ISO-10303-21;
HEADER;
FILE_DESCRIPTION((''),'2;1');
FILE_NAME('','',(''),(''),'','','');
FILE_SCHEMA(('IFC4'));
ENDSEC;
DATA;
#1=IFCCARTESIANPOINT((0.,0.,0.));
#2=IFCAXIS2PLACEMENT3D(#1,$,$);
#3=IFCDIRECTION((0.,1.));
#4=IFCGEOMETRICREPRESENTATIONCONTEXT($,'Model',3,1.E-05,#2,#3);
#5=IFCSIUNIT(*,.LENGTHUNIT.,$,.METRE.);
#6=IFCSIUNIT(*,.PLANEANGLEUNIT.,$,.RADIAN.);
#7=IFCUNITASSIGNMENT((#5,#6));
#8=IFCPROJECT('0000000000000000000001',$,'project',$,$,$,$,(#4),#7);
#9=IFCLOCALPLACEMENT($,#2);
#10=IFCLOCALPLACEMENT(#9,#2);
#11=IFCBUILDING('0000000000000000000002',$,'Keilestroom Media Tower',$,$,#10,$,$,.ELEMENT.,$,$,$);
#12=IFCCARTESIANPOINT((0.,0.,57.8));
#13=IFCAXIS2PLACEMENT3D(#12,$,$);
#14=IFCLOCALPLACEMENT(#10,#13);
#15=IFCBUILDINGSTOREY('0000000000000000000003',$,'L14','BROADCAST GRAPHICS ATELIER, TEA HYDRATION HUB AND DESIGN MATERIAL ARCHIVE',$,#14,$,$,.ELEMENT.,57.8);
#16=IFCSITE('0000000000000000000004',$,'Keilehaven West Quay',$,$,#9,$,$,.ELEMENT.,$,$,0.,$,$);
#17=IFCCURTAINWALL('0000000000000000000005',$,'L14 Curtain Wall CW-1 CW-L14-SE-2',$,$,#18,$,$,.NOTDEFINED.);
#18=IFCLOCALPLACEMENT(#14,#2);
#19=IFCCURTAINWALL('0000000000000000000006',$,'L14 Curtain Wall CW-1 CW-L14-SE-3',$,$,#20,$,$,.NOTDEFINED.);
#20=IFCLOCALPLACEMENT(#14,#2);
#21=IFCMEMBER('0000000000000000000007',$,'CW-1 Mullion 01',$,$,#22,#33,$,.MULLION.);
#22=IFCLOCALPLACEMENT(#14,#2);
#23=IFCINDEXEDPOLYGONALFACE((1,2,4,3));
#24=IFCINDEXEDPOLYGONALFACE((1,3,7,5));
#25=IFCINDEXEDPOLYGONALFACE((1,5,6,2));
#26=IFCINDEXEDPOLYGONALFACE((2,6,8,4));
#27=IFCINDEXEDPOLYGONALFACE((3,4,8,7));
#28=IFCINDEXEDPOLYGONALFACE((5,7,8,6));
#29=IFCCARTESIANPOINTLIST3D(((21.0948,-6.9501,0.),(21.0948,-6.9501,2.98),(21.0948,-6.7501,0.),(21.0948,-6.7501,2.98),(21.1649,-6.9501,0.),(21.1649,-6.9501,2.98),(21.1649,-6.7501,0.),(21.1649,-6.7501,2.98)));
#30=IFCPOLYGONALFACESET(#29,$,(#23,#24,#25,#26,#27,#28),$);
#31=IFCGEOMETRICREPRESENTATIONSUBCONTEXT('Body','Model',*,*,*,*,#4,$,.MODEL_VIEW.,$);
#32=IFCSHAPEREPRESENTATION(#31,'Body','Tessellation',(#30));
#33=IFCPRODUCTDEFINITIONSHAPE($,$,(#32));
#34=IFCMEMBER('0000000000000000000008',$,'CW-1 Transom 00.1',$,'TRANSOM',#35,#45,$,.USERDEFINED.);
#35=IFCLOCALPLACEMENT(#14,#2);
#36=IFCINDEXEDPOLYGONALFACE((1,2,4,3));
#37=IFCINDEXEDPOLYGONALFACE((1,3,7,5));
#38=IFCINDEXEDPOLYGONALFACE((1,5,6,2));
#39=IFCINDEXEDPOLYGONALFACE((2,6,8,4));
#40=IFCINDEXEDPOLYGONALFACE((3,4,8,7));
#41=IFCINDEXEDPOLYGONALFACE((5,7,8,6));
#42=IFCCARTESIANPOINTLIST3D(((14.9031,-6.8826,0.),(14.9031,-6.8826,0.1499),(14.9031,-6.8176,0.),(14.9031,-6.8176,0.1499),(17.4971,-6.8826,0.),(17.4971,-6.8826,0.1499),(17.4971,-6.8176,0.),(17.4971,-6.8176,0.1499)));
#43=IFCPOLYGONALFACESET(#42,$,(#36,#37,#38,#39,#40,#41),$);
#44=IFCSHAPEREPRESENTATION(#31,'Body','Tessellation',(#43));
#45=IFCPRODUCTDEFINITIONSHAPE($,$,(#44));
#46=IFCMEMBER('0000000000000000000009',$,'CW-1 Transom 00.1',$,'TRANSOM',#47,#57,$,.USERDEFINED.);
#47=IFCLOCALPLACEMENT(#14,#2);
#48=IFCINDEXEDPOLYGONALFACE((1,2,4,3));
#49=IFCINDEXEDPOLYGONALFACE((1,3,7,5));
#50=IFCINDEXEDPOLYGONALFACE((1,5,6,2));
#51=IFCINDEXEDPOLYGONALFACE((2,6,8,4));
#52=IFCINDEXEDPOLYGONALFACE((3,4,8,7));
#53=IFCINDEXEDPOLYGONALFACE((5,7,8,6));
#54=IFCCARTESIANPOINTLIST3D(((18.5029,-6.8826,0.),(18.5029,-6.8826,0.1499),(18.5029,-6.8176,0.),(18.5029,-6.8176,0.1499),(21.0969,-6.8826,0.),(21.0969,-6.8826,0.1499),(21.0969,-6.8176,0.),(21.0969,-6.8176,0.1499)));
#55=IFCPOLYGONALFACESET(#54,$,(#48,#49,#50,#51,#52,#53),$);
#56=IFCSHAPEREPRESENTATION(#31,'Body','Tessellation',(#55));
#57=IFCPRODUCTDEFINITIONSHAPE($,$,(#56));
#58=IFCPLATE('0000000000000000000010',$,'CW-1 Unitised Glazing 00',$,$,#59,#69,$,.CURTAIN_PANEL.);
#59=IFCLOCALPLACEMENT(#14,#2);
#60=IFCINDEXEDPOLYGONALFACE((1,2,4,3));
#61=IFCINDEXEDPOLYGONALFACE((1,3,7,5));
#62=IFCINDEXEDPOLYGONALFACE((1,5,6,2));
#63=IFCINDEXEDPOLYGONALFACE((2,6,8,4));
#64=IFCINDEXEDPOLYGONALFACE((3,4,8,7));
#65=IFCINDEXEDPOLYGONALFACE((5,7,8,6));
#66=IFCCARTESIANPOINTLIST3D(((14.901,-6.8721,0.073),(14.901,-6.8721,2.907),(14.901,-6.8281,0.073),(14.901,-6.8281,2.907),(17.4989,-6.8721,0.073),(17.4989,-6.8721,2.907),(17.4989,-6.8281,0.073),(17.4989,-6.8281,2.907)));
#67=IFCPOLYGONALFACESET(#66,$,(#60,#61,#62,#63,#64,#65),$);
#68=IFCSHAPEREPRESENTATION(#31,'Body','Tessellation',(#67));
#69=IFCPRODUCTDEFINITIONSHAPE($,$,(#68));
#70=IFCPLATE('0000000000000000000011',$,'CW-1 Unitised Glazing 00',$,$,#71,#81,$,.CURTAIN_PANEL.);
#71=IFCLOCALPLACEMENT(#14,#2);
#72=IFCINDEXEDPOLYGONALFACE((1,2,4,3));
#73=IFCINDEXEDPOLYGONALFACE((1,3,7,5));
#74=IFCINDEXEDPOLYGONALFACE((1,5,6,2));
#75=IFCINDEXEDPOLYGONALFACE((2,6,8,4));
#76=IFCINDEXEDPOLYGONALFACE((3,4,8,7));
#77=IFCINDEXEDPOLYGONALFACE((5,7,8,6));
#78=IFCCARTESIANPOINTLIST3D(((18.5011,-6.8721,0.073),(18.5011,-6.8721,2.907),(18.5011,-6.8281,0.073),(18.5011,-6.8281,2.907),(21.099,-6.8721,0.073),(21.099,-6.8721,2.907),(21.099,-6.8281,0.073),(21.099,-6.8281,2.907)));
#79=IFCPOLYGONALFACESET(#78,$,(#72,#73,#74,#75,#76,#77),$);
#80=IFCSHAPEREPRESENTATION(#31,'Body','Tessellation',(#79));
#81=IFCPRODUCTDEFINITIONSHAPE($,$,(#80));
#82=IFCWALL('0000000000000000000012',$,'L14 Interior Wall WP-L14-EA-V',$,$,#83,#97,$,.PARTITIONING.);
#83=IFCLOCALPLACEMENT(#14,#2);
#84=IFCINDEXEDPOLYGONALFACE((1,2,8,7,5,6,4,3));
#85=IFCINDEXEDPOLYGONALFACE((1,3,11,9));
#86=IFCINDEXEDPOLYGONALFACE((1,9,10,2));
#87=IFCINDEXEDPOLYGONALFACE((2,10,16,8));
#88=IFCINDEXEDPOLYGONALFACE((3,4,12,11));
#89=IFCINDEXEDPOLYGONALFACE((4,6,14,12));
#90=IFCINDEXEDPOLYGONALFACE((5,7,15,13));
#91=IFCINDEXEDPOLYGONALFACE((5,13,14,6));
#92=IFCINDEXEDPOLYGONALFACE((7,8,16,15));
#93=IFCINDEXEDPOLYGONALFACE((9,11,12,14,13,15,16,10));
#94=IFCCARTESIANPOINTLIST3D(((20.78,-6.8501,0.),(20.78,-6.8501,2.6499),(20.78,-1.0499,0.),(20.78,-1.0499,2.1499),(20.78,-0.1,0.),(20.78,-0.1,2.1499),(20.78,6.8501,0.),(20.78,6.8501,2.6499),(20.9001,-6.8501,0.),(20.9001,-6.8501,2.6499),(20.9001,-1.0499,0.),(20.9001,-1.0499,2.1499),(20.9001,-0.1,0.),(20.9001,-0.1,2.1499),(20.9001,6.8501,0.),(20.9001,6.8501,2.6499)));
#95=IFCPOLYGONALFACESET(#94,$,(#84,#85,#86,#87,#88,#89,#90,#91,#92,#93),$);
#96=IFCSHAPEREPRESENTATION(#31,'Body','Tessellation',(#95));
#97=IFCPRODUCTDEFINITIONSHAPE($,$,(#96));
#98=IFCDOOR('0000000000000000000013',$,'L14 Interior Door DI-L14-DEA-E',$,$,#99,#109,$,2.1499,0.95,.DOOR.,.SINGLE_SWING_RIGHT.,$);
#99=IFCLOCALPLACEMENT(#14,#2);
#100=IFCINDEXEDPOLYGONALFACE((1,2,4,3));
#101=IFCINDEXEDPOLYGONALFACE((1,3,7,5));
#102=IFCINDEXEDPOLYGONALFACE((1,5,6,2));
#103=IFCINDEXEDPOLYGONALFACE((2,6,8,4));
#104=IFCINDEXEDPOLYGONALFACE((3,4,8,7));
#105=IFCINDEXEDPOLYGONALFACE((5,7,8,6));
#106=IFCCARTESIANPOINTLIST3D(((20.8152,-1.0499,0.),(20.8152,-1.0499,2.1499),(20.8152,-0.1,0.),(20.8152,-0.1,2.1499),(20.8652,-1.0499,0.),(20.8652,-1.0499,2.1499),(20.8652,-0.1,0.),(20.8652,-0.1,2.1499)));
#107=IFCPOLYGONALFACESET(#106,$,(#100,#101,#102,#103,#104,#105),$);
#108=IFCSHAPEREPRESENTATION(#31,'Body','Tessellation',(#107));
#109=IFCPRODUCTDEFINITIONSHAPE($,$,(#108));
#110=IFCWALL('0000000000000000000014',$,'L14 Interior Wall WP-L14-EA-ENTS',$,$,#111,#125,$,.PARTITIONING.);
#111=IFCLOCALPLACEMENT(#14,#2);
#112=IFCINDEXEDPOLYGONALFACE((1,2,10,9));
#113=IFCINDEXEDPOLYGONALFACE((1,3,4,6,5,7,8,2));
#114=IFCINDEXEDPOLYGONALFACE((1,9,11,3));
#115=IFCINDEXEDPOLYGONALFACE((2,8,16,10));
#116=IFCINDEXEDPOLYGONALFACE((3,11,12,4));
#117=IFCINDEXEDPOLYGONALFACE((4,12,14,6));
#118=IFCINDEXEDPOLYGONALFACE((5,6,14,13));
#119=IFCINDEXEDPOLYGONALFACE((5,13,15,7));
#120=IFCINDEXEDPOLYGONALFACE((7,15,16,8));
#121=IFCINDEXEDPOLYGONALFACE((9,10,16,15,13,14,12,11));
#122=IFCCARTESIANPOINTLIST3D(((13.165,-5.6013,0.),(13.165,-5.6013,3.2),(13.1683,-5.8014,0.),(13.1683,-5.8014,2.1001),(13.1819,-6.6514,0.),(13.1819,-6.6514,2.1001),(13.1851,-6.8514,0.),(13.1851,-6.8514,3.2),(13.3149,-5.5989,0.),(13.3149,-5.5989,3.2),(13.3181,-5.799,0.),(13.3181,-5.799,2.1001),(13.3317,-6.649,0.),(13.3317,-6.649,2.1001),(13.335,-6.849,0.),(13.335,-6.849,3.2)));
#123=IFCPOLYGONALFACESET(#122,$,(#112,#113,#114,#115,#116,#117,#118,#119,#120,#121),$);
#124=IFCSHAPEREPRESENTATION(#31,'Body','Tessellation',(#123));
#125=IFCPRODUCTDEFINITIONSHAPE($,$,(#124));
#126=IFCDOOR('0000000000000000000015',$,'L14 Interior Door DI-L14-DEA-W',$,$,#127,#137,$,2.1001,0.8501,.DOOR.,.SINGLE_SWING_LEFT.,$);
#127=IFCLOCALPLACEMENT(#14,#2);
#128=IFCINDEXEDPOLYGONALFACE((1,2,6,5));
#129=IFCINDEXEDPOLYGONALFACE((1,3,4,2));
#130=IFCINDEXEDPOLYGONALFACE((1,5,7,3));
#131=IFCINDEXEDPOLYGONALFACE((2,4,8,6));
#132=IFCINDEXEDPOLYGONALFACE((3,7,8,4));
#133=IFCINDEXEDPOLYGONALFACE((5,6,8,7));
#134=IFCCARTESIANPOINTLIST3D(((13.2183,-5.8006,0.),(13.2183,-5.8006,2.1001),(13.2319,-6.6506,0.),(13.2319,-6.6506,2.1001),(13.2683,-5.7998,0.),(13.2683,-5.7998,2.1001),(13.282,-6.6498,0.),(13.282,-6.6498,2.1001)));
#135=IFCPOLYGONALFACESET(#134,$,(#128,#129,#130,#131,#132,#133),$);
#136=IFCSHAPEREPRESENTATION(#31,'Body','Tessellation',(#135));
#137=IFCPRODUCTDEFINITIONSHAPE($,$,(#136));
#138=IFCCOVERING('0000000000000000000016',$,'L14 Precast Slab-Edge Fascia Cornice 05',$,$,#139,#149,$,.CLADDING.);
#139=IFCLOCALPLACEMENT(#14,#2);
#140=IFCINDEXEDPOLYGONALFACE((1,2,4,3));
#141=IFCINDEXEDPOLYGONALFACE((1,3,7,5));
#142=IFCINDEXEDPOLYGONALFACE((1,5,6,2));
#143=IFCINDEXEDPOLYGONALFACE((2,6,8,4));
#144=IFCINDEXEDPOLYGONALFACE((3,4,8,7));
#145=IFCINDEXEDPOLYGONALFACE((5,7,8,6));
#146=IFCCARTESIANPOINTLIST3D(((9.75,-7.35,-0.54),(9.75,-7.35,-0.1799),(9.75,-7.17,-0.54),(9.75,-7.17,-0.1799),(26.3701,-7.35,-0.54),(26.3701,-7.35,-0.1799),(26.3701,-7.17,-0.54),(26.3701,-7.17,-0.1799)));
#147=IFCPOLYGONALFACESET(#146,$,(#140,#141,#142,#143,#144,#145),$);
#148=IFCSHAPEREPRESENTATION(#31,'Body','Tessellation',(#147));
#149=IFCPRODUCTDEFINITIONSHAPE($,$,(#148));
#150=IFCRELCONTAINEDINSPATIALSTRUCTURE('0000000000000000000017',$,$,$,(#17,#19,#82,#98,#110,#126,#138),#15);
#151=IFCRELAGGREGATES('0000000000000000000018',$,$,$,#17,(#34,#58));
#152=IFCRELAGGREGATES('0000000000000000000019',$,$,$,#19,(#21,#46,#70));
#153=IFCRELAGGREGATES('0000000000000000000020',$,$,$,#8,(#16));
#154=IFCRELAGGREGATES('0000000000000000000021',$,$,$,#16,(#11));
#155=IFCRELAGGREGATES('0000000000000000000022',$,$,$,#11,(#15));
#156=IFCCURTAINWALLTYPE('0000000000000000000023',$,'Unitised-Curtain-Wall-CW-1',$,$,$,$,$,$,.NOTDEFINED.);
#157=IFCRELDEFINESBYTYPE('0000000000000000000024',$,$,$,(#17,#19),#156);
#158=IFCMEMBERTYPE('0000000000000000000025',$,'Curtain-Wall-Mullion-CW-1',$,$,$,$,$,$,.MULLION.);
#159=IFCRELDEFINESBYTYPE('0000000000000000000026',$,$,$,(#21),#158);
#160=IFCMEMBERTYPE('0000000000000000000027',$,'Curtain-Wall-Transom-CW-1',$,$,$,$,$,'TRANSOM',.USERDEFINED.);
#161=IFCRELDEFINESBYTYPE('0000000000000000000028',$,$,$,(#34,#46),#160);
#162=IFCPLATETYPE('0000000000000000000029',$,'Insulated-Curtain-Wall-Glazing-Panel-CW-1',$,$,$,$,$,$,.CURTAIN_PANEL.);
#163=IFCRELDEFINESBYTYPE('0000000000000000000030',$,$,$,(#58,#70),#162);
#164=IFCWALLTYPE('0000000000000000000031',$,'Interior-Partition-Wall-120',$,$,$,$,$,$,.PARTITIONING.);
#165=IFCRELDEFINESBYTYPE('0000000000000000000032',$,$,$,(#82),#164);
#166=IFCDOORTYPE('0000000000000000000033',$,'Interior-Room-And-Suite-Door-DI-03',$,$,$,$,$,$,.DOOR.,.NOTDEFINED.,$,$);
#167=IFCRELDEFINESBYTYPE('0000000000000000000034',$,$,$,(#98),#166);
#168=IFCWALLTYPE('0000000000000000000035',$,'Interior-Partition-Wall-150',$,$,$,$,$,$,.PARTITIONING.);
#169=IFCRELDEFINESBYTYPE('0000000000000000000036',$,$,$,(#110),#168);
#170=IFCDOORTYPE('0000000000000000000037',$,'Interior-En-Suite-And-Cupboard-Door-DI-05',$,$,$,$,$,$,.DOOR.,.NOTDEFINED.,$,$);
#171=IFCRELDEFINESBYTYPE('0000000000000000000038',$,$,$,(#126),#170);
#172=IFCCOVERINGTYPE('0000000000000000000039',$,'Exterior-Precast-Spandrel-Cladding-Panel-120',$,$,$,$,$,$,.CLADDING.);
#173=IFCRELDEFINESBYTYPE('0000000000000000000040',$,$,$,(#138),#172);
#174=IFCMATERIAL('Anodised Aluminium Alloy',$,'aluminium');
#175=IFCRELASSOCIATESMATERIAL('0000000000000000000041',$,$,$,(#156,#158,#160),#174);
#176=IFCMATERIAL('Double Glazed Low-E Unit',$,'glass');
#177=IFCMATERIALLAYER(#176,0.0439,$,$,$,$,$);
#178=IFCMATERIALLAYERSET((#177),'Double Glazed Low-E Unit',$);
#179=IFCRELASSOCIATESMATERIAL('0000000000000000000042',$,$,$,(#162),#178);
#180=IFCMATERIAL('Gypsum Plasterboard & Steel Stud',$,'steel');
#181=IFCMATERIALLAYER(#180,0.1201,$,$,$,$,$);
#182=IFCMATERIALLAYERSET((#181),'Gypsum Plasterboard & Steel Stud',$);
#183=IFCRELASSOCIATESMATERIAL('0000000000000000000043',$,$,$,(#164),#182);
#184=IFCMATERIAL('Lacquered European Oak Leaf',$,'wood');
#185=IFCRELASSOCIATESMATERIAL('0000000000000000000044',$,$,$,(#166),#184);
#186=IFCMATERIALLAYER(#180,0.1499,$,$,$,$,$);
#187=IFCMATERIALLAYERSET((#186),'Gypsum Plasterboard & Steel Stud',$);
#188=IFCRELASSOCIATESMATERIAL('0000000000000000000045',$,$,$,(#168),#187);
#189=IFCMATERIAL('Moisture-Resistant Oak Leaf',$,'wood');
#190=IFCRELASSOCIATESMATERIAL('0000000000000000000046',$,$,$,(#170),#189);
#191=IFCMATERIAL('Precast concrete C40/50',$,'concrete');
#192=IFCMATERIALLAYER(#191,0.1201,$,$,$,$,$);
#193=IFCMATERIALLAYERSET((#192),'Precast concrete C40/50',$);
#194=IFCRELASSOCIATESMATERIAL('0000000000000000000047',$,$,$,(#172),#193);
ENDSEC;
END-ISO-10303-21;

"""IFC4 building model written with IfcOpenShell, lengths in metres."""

from ifc_helpers import new_model, si_unit, direction, frame, frame_2d, origin, origin_2d, place, context, subcontext, project, spatial, rectangle, extrude, source, transform, mapped, material, layer, layer_set, material_profile, profile_set, type_object, element, fill, aggregate, save


model = new_model("IFC4")

# Units and contexts
model_context = context("Model", 3, precision=1e-05, world=origin(), true_north=direction((0.0, 1.0)))
body_context = subcontext(model_context, "Body", "Model", "MODEL_VIEW")
ifc_project = project(units=[si_unit("LENGTHUNIT", "METRE"), si_unit("PLANEANGLEUNIT", "RADIAN")], contexts=[model_context])

# Site, building, storey
site_placement = place(None, origin())
site = spatial("IfcSite", under=ifc_project, at=site_placement, Name="Keilehaven West Quay", CompositionType="ELEMENT", RefElevation=0.0)
building_placement = place(site_placement, origin())
building = spatial("IfcBuilding", under=site, at=building_placement, Name="Keilestroom Media Tower", CompositionType="ELEMENT")
storey_placement = place(building_placement, frame((0.0, 0.0, 57.8)))
storey = spatial("IfcBuildingStorey", under=building, at=storey_placement, Name="L14", Description="BROADCAST GRAPHICS ATELIER, TEA HYDRATION HUB AND DESIGN MATERIAL ARCHIVE", CompositionType="ELEMENT", Elevation=57.8)

# Shared definitions
ifc_material_1 = material(Name="Precast concrete C40/50", Category="concrete")

# Shared definitions
ifc_material_2 = material(Name="Anodised Aluminium Alloy", Category="aluminium")
curtain_wall_type = type_object("IfcCurtainWallType", Name="Unitised-Curtain-Wall-CW-1", PredefinedType="NOTDEFINED", material=ifc_material_2)
ifc_material_profile_1 = material_profile(ifc_material_2, rectangle(XDim=0.0701, YDim=0.2, at=origin_2d()), Name="ALU MULLION 70x200")
ifc_profile_set_1 = profile_set([ifc_material_profile_1], Name="Anodised Aluminium Alloy")
member_type_1 = type_object("IfcMemberType", Name="Curtain-Wall-Mullion-CW-1", PredefinedType="MULLION", material=ifc_profile_set_1)
shared_shape_1 = source(origin(), body_context, "Body", "SweptSolid", [
    extrude(rectangle(XDim=0.0701, YDim=0.2, at=origin_2d()), origin(), (0.0, 0.0, 1.0), 2.98),
])

# Curtain walls, member
curtain_wall_1_placement = place(storey_placement, origin())
curtain_wall_1 = element("IfcCurtainWall", 1, at=curtain_wall_1_placement, inside=storey, type_object=curtain_wall_type, Name="L14 Curtain Wall CW-1 CW-L14-SE-2", PredefinedType="NOTDEFINED")
curtain_wall_2_placement = place(storey_placement, origin())
curtain_wall_2 = element("IfcCurtainWall", 2, at=curtain_wall_2_placement, inside=storey, type_object=curtain_wall_type, Name="L14 Curtain Wall CW-1 CW-L14-SE-3", PredefinedType="NOTDEFINED")
member_1_placement = place(storey_placement, frame((21.1299, -6.8501, 0.0), z_axis=(0.0, 0.0, 1.0), x_axis=(1.0, 0.0, 0.0)))
member_1 = element("IfcMember", 3, at=member_1_placement, type_object=member_type_1, Name="CW-1 Mullion 01", PredefinedType="MULLION", context=body_context, shape_type="MappedRepresentation", body=[
    mapped(shared_shape_1, transform((0.0, 0.0, 0.0), x_axis=(1.0, 0.0, 0.0), y_axis=(0.0, 1.0, 0.0), z_axis=(0.0, 0.0, 1.0), scale=1.0)),
])

# Members
ifc_material_profile_2 = material_profile(ifc_material_2, rectangle(XDim=0.0649, YDim=0.1499, at=origin_2d()), Name="ALU TRANSOM 65x150")
ifc_profile_set_2 = profile_set([ifc_material_profile_2], Name="Anodised Aluminium Alloy")
member_type_2 = type_object("IfcMemberType", Name="Curtain-Wall-Transom-CW-1", ElementType="TRANSOM", PredefinedType="USERDEFINED", material=ifc_profile_set_2)
shared_shape_2 = source(origin(), body_context, "Body", "SweptSolid", [
    extrude(rectangle(XDim=0.0649, YDim=0.1499, at=origin_2d()), origin(), (0.0, 0.0, 1.0), 2.594),
])
member_2_placement = place(storey_placement, frame((14.9031, -6.8501, 0.075), z_axis=(1.0, 0.0, 0.0), x_axis=(0.0, 1.0, 0.0)))
member_2 = element("IfcMember", 4, at=member_2_placement, type_object=member_type_2, Name="CW-1 Transom 00.1", ObjectType="TRANSOM", PredefinedType="USERDEFINED", context=body_context, shape_type="MappedRepresentation", body=[
    mapped(shared_shape_2, transform((0.0, 0.0, 0.0), x_axis=(1.0, 0.0, 0.0), y_axis=(0.0, 1.0, 0.0), z_axis=(0.0, 0.0, 1.0), scale=1.0)),
])
member_3_placement = place(storey_placement, frame((18.5029, -6.8501, 0.075), z_axis=(1.0, 0.0, 0.0), x_axis=(0.0, 1.0, 0.0)))
member_3 = element("IfcMember", 5, at=member_3_placement, type_object=member_type_2, Name="CW-1 Transom 00.1", ObjectType="TRANSOM", PredefinedType="USERDEFINED", context=body_context, shape_type="MappedRepresentation", body=[
    mapped(shared_shape_2, transform((0.0, 0.0, 0.0), x_axis=(1.0, 0.0, 0.0), y_axis=(0.0, 1.0, 0.0), z_axis=(0.0, 0.0, 1.0), scale=1.0)),
])

# Plates
ifc_material_3 = material(Name="Double Glazed Low-E Unit", Category="glass")
ifc_layer_1 = layer(ifc_material_3, 0.0439)
ifc_layer_set_1 = layer_set([ifc_layer_1], Name="Double Glazed Low-E Unit")
plate_type = type_object("IfcPlateType", Name="Insulated-Curtain-Wall-Glazing-Panel-CW-1", PredefinedType="CURTAIN_PANEL", material=ifc_layer_set_1)
shared_shape_3 = source(origin(), body_context, "Body", "SweptSolid", [
    extrude(rectangle(XDim=2.5979, YDim=0.0439, at=origin_2d()), origin(), (0.0, 0.0, 1.0), 2.834),
])
plate_1_placement = place(storey_placement, frame((16.2, -6.8501, 0.073), z_axis=(0.0, 0.0, 1.0), x_axis=(1.0, 0.0, 0.0)))
plate_1 = element("IfcPlate", 6, at=plate_1_placement, type_object=plate_type, Name="CW-1 Unitised Glazing 00", PredefinedType="CURTAIN_PANEL", context=body_context, shape_type="MappedRepresentation", body=[
    mapped(shared_shape_3, transform((0.0, 0.0, 0.0), x_axis=(1.0, 0.0, 0.0), y_axis=(0.0, 1.0, 0.0), z_axis=(0.0, 0.0, 1.0), scale=1.0)),
])
aggregate(curtain_wall_1, [member_2, plate_1])
plate_2_placement = place(storey_placement, frame((19.8, -6.8501, 0.073), z_axis=(0.0, 0.0, 1.0), x_axis=(1.0, 0.0, 0.0)))
plate_2 = element("IfcPlate", 7, at=plate_2_placement, type_object=plate_type, Name="CW-1 Unitised Glazing 00", PredefinedType="CURTAIN_PANEL", context=body_context, shape_type="MappedRepresentation", body=[
    mapped(shared_shape_3, transform((0.0, 0.0, 0.0), x_axis=(1.0, 0.0, 0.0), y_axis=(0.0, 1.0, 0.0), z_axis=(0.0, 0.0, 1.0), scale=1.0)),
])
aggregate(curtain_wall_2, [member_1, member_3, plate_2])

# Walls, openings, doors
ifc_material_4 = material(Name="Gypsum Plasterboard & Steel Stud", Category="steel")
ifc_layer_2 = layer(ifc_material_4, 0.1201)
ifc_layer_set_2 = layer_set([ifc_layer_2], Name="Gypsum Plasterboard & Steel Stud")
wall_type_1 = type_object("IfcWallType", Name="Interior-Partition-Wall-120", PredefinedType="PARTITIONING", material=ifc_layer_set_2)
wall_1_placement = place(storey_placement, frame((20.8401, -6.8501, 0.0), z_axis=(0.0, 0.0, 1.0), x_axis=(0.0, 1.0, 0.0)))
wall_1 = element("IfcWall", 8, at=wall_1_placement, inside=storey, type_object=wall_type_1, Name="L14 Interior Wall WP-L14-EA-V", PredefinedType="PARTITIONING", context=body_context, shape_type="SweptSolid", body=[
    extrude(rectangle(XDim=13.7002, YDim=0.1201, at=frame_2d((6.8501, 0.0))), origin(), (0.0, 0.0, 1.0), 2.6499),
])
opening_1_placement = place(wall_1_placement, frame((5.8, 0.0, 0.0)))
opening_1 = element("IfcOpeningElement", 9, at=opening_1_placement, cuts=wall_1, PredefinedType="OPENING", context=body_context, shape_type="SweptSolid", body=[
    extrude(rectangle(XDim=0.95, YDim=2.1499, at=frame_2d((0.4751, 1.075))), frame((0.0, 0.0701, 0.0), z_axis=(0.0, -1.0, 0.0), x_axis=(1.0, 0.0, 0.0)), (0.0, 0.0, 1.0), 0.1401),
])
ifc_material_5 = material(Name="Lacquered European Oak Leaf", Category="wood")
door_type_1 = type_object("IfcDoorType", Name="Interior-Room-And-Suite-Door-DI-03", OperationType="NOTDEFINED", PredefinedType="DOOR", material=ifc_material_5)
shared_shape_4 = source(origin(), body_context, "Body", "SweptSolid", [
    extrude(rectangle(XDim=0.95, YDim=2.1499, at=frame_2d((0.4751, 1.075))), frame((0.0, 0.0249, 0.0), z_axis=(0.0, -1.0, 0.0), x_axis=(1.0, 0.0, 0.0)), (0.0, 0.0, 1.0), 0.05),
])
door_1_placement = place(opening_1_placement, origin())
door_1 = element("IfcDoor", 10, at=door_1_placement, inside=storey, type_object=door_type_1, Name="L14 Interior Door DI-L14-DEA-E", OperationType="SINGLE_SWING_RIGHT", OverallHeight=2.1499, OverallWidth=0.95, PredefinedType="DOOR", context=body_context, shape_type="MappedRepresentation", body=[
    mapped(shared_shape_4, transform((0.0, 0.0, 0.0), x_axis=(1.0, 0.0, 0.0), y_axis=(0.0, 1.0, 0.0), z_axis=(0.0, 0.0, 1.0), scale=1.0)),
])
fill(opening_1, door_1)
ifc_layer_3 = layer(ifc_material_4, 0.1499)
ifc_layer_set_3 = layer_set([ifc_layer_3], Name="Gypsum Plasterboard & Steel Stud")
wall_type_2 = type_object("IfcWallType", Name="Interior-Partition-Wall-150", PredefinedType="PARTITIONING", material=ifc_layer_set_3)
wall_2_placement = place(storey_placement, frame((13.26, -6.8501, 0.0), z_axis=(0.0, 0.0, 1.0), x_axis=(-0.016014, 0.999872, 0.0)))
wall_2 = element("IfcWall", 11, at=wall_2_placement, inside=storey, type_object=wall_type_2, Name="L14 Interior Wall WP-L14-EA-ENTS", PredefinedType="PARTITIONING", context=body_context, shape_type="SweptSolid", body=[
    extrude(rectangle(XDim=1.2502, YDim=0.1499, at=frame_2d((0.625, 0.0))), origin(), (0.0, 0.0, 1.0), 3.2),
])
opening_2_placement = place(wall_2_placement, frame((0.2, 0.0, 0.0)))
opening_2 = element("IfcOpeningElement", 12, at=opening_2_placement, cuts=wall_2, PredefinedType="OPENING", context=body_context, shape_type="SweptSolid", body=[
    extrude(rectangle(XDim=0.8501, YDim=2.1001, at=frame_2d((0.425, 1.05))), frame((0.0, 0.085, 0.0), z_axis=(0.0, -1.0, 0.0), x_axis=(1.0, 0.0, 0.0)), (0.0, 0.0, 1.0), 0.1699),
])
ifc_material_6 = material(Name="Moisture-Resistant Oak Leaf", Category="wood")
door_type_2 = type_object("IfcDoorType", Name="Interior-En-Suite-And-Cupboard-Door-DI-05", OperationType="NOTDEFINED", PredefinedType="DOOR", material=ifc_material_6)
shared_shape_5 = source(origin(), body_context, "Body", "SweptSolid", [
    extrude(rectangle(XDim=0.8501, YDim=2.1001, at=frame_2d((0.425, 1.05))), frame((0.0, 0.0249, 0.0), z_axis=(0.0, -1.0, 0.0), x_axis=(1.0, 0.0, 0.0)), (0.0, 0.0, 1.0), 0.05),
])
door_2_placement = place(opening_2_placement, origin())
door_2 = element("IfcDoor", 13, at=door_2_placement, inside=storey, type_object=door_type_2, Name="L14 Interior Door DI-L14-DEA-W", OperationType="SINGLE_SWING_LEFT", OverallHeight=2.1001, OverallWidth=0.8501, PredefinedType="DOOR", context=body_context, shape_type="MappedRepresentation", body=[
    mapped(shared_shape_5, transform((0.0, 0.0, 0.0), x_axis=(1.0, 0.0, 0.0), y_axis=(0.0, 1.0, 0.0), z_axis=(0.0, 0.0, 1.0), scale=1.0)),
])
fill(opening_2, door_2)

# Covering
ifc_layer_4 = layer(ifc_material_1, 0.1201)
ifc_layer_set_4 = layer_set([ifc_layer_4], Name="Precast concrete C40/50")
covering_type = type_object("IfcCoveringType", Name="Exterior-Precast-Spandrel-Cladding-Panel-120", PredefinedType="CLADDING", material=ifc_layer_set_4)
shared_shape_6 = source(origin(), body_context, "Body", "SweptSolid", [
    extrude(rectangle(XDim=16.6201, YDim=0.1799, at=origin_2d()), origin(), (0.0, 0.0, 1.0), 0.3601),
])
covering_placement = place(storey_placement, frame((18.0601, -7.26, -0.54), z_axis=(0.0, 0.0, 1.0), x_axis=(-1.0, 0.0, 0.0)))
element("IfcCovering", 14, at=covering_placement, inside=storey, type_object=covering_type, Name="L14 Precast Slab-Edge Fascia Cornice 05", PredefinedType="CLADDING", context=body_context, shape_type="MappedRepresentation", body=[
    mapped(shared_shape_6, transform((0.0, 0.0, 0.0), x_axis=(1.0, 0.0, 0.0), y_axis=(0.0, 1.0, 0.0), z_axis=(0.0, 0.0, 1.0), scale=1.0)),
])

save(model, "model.ifc")
